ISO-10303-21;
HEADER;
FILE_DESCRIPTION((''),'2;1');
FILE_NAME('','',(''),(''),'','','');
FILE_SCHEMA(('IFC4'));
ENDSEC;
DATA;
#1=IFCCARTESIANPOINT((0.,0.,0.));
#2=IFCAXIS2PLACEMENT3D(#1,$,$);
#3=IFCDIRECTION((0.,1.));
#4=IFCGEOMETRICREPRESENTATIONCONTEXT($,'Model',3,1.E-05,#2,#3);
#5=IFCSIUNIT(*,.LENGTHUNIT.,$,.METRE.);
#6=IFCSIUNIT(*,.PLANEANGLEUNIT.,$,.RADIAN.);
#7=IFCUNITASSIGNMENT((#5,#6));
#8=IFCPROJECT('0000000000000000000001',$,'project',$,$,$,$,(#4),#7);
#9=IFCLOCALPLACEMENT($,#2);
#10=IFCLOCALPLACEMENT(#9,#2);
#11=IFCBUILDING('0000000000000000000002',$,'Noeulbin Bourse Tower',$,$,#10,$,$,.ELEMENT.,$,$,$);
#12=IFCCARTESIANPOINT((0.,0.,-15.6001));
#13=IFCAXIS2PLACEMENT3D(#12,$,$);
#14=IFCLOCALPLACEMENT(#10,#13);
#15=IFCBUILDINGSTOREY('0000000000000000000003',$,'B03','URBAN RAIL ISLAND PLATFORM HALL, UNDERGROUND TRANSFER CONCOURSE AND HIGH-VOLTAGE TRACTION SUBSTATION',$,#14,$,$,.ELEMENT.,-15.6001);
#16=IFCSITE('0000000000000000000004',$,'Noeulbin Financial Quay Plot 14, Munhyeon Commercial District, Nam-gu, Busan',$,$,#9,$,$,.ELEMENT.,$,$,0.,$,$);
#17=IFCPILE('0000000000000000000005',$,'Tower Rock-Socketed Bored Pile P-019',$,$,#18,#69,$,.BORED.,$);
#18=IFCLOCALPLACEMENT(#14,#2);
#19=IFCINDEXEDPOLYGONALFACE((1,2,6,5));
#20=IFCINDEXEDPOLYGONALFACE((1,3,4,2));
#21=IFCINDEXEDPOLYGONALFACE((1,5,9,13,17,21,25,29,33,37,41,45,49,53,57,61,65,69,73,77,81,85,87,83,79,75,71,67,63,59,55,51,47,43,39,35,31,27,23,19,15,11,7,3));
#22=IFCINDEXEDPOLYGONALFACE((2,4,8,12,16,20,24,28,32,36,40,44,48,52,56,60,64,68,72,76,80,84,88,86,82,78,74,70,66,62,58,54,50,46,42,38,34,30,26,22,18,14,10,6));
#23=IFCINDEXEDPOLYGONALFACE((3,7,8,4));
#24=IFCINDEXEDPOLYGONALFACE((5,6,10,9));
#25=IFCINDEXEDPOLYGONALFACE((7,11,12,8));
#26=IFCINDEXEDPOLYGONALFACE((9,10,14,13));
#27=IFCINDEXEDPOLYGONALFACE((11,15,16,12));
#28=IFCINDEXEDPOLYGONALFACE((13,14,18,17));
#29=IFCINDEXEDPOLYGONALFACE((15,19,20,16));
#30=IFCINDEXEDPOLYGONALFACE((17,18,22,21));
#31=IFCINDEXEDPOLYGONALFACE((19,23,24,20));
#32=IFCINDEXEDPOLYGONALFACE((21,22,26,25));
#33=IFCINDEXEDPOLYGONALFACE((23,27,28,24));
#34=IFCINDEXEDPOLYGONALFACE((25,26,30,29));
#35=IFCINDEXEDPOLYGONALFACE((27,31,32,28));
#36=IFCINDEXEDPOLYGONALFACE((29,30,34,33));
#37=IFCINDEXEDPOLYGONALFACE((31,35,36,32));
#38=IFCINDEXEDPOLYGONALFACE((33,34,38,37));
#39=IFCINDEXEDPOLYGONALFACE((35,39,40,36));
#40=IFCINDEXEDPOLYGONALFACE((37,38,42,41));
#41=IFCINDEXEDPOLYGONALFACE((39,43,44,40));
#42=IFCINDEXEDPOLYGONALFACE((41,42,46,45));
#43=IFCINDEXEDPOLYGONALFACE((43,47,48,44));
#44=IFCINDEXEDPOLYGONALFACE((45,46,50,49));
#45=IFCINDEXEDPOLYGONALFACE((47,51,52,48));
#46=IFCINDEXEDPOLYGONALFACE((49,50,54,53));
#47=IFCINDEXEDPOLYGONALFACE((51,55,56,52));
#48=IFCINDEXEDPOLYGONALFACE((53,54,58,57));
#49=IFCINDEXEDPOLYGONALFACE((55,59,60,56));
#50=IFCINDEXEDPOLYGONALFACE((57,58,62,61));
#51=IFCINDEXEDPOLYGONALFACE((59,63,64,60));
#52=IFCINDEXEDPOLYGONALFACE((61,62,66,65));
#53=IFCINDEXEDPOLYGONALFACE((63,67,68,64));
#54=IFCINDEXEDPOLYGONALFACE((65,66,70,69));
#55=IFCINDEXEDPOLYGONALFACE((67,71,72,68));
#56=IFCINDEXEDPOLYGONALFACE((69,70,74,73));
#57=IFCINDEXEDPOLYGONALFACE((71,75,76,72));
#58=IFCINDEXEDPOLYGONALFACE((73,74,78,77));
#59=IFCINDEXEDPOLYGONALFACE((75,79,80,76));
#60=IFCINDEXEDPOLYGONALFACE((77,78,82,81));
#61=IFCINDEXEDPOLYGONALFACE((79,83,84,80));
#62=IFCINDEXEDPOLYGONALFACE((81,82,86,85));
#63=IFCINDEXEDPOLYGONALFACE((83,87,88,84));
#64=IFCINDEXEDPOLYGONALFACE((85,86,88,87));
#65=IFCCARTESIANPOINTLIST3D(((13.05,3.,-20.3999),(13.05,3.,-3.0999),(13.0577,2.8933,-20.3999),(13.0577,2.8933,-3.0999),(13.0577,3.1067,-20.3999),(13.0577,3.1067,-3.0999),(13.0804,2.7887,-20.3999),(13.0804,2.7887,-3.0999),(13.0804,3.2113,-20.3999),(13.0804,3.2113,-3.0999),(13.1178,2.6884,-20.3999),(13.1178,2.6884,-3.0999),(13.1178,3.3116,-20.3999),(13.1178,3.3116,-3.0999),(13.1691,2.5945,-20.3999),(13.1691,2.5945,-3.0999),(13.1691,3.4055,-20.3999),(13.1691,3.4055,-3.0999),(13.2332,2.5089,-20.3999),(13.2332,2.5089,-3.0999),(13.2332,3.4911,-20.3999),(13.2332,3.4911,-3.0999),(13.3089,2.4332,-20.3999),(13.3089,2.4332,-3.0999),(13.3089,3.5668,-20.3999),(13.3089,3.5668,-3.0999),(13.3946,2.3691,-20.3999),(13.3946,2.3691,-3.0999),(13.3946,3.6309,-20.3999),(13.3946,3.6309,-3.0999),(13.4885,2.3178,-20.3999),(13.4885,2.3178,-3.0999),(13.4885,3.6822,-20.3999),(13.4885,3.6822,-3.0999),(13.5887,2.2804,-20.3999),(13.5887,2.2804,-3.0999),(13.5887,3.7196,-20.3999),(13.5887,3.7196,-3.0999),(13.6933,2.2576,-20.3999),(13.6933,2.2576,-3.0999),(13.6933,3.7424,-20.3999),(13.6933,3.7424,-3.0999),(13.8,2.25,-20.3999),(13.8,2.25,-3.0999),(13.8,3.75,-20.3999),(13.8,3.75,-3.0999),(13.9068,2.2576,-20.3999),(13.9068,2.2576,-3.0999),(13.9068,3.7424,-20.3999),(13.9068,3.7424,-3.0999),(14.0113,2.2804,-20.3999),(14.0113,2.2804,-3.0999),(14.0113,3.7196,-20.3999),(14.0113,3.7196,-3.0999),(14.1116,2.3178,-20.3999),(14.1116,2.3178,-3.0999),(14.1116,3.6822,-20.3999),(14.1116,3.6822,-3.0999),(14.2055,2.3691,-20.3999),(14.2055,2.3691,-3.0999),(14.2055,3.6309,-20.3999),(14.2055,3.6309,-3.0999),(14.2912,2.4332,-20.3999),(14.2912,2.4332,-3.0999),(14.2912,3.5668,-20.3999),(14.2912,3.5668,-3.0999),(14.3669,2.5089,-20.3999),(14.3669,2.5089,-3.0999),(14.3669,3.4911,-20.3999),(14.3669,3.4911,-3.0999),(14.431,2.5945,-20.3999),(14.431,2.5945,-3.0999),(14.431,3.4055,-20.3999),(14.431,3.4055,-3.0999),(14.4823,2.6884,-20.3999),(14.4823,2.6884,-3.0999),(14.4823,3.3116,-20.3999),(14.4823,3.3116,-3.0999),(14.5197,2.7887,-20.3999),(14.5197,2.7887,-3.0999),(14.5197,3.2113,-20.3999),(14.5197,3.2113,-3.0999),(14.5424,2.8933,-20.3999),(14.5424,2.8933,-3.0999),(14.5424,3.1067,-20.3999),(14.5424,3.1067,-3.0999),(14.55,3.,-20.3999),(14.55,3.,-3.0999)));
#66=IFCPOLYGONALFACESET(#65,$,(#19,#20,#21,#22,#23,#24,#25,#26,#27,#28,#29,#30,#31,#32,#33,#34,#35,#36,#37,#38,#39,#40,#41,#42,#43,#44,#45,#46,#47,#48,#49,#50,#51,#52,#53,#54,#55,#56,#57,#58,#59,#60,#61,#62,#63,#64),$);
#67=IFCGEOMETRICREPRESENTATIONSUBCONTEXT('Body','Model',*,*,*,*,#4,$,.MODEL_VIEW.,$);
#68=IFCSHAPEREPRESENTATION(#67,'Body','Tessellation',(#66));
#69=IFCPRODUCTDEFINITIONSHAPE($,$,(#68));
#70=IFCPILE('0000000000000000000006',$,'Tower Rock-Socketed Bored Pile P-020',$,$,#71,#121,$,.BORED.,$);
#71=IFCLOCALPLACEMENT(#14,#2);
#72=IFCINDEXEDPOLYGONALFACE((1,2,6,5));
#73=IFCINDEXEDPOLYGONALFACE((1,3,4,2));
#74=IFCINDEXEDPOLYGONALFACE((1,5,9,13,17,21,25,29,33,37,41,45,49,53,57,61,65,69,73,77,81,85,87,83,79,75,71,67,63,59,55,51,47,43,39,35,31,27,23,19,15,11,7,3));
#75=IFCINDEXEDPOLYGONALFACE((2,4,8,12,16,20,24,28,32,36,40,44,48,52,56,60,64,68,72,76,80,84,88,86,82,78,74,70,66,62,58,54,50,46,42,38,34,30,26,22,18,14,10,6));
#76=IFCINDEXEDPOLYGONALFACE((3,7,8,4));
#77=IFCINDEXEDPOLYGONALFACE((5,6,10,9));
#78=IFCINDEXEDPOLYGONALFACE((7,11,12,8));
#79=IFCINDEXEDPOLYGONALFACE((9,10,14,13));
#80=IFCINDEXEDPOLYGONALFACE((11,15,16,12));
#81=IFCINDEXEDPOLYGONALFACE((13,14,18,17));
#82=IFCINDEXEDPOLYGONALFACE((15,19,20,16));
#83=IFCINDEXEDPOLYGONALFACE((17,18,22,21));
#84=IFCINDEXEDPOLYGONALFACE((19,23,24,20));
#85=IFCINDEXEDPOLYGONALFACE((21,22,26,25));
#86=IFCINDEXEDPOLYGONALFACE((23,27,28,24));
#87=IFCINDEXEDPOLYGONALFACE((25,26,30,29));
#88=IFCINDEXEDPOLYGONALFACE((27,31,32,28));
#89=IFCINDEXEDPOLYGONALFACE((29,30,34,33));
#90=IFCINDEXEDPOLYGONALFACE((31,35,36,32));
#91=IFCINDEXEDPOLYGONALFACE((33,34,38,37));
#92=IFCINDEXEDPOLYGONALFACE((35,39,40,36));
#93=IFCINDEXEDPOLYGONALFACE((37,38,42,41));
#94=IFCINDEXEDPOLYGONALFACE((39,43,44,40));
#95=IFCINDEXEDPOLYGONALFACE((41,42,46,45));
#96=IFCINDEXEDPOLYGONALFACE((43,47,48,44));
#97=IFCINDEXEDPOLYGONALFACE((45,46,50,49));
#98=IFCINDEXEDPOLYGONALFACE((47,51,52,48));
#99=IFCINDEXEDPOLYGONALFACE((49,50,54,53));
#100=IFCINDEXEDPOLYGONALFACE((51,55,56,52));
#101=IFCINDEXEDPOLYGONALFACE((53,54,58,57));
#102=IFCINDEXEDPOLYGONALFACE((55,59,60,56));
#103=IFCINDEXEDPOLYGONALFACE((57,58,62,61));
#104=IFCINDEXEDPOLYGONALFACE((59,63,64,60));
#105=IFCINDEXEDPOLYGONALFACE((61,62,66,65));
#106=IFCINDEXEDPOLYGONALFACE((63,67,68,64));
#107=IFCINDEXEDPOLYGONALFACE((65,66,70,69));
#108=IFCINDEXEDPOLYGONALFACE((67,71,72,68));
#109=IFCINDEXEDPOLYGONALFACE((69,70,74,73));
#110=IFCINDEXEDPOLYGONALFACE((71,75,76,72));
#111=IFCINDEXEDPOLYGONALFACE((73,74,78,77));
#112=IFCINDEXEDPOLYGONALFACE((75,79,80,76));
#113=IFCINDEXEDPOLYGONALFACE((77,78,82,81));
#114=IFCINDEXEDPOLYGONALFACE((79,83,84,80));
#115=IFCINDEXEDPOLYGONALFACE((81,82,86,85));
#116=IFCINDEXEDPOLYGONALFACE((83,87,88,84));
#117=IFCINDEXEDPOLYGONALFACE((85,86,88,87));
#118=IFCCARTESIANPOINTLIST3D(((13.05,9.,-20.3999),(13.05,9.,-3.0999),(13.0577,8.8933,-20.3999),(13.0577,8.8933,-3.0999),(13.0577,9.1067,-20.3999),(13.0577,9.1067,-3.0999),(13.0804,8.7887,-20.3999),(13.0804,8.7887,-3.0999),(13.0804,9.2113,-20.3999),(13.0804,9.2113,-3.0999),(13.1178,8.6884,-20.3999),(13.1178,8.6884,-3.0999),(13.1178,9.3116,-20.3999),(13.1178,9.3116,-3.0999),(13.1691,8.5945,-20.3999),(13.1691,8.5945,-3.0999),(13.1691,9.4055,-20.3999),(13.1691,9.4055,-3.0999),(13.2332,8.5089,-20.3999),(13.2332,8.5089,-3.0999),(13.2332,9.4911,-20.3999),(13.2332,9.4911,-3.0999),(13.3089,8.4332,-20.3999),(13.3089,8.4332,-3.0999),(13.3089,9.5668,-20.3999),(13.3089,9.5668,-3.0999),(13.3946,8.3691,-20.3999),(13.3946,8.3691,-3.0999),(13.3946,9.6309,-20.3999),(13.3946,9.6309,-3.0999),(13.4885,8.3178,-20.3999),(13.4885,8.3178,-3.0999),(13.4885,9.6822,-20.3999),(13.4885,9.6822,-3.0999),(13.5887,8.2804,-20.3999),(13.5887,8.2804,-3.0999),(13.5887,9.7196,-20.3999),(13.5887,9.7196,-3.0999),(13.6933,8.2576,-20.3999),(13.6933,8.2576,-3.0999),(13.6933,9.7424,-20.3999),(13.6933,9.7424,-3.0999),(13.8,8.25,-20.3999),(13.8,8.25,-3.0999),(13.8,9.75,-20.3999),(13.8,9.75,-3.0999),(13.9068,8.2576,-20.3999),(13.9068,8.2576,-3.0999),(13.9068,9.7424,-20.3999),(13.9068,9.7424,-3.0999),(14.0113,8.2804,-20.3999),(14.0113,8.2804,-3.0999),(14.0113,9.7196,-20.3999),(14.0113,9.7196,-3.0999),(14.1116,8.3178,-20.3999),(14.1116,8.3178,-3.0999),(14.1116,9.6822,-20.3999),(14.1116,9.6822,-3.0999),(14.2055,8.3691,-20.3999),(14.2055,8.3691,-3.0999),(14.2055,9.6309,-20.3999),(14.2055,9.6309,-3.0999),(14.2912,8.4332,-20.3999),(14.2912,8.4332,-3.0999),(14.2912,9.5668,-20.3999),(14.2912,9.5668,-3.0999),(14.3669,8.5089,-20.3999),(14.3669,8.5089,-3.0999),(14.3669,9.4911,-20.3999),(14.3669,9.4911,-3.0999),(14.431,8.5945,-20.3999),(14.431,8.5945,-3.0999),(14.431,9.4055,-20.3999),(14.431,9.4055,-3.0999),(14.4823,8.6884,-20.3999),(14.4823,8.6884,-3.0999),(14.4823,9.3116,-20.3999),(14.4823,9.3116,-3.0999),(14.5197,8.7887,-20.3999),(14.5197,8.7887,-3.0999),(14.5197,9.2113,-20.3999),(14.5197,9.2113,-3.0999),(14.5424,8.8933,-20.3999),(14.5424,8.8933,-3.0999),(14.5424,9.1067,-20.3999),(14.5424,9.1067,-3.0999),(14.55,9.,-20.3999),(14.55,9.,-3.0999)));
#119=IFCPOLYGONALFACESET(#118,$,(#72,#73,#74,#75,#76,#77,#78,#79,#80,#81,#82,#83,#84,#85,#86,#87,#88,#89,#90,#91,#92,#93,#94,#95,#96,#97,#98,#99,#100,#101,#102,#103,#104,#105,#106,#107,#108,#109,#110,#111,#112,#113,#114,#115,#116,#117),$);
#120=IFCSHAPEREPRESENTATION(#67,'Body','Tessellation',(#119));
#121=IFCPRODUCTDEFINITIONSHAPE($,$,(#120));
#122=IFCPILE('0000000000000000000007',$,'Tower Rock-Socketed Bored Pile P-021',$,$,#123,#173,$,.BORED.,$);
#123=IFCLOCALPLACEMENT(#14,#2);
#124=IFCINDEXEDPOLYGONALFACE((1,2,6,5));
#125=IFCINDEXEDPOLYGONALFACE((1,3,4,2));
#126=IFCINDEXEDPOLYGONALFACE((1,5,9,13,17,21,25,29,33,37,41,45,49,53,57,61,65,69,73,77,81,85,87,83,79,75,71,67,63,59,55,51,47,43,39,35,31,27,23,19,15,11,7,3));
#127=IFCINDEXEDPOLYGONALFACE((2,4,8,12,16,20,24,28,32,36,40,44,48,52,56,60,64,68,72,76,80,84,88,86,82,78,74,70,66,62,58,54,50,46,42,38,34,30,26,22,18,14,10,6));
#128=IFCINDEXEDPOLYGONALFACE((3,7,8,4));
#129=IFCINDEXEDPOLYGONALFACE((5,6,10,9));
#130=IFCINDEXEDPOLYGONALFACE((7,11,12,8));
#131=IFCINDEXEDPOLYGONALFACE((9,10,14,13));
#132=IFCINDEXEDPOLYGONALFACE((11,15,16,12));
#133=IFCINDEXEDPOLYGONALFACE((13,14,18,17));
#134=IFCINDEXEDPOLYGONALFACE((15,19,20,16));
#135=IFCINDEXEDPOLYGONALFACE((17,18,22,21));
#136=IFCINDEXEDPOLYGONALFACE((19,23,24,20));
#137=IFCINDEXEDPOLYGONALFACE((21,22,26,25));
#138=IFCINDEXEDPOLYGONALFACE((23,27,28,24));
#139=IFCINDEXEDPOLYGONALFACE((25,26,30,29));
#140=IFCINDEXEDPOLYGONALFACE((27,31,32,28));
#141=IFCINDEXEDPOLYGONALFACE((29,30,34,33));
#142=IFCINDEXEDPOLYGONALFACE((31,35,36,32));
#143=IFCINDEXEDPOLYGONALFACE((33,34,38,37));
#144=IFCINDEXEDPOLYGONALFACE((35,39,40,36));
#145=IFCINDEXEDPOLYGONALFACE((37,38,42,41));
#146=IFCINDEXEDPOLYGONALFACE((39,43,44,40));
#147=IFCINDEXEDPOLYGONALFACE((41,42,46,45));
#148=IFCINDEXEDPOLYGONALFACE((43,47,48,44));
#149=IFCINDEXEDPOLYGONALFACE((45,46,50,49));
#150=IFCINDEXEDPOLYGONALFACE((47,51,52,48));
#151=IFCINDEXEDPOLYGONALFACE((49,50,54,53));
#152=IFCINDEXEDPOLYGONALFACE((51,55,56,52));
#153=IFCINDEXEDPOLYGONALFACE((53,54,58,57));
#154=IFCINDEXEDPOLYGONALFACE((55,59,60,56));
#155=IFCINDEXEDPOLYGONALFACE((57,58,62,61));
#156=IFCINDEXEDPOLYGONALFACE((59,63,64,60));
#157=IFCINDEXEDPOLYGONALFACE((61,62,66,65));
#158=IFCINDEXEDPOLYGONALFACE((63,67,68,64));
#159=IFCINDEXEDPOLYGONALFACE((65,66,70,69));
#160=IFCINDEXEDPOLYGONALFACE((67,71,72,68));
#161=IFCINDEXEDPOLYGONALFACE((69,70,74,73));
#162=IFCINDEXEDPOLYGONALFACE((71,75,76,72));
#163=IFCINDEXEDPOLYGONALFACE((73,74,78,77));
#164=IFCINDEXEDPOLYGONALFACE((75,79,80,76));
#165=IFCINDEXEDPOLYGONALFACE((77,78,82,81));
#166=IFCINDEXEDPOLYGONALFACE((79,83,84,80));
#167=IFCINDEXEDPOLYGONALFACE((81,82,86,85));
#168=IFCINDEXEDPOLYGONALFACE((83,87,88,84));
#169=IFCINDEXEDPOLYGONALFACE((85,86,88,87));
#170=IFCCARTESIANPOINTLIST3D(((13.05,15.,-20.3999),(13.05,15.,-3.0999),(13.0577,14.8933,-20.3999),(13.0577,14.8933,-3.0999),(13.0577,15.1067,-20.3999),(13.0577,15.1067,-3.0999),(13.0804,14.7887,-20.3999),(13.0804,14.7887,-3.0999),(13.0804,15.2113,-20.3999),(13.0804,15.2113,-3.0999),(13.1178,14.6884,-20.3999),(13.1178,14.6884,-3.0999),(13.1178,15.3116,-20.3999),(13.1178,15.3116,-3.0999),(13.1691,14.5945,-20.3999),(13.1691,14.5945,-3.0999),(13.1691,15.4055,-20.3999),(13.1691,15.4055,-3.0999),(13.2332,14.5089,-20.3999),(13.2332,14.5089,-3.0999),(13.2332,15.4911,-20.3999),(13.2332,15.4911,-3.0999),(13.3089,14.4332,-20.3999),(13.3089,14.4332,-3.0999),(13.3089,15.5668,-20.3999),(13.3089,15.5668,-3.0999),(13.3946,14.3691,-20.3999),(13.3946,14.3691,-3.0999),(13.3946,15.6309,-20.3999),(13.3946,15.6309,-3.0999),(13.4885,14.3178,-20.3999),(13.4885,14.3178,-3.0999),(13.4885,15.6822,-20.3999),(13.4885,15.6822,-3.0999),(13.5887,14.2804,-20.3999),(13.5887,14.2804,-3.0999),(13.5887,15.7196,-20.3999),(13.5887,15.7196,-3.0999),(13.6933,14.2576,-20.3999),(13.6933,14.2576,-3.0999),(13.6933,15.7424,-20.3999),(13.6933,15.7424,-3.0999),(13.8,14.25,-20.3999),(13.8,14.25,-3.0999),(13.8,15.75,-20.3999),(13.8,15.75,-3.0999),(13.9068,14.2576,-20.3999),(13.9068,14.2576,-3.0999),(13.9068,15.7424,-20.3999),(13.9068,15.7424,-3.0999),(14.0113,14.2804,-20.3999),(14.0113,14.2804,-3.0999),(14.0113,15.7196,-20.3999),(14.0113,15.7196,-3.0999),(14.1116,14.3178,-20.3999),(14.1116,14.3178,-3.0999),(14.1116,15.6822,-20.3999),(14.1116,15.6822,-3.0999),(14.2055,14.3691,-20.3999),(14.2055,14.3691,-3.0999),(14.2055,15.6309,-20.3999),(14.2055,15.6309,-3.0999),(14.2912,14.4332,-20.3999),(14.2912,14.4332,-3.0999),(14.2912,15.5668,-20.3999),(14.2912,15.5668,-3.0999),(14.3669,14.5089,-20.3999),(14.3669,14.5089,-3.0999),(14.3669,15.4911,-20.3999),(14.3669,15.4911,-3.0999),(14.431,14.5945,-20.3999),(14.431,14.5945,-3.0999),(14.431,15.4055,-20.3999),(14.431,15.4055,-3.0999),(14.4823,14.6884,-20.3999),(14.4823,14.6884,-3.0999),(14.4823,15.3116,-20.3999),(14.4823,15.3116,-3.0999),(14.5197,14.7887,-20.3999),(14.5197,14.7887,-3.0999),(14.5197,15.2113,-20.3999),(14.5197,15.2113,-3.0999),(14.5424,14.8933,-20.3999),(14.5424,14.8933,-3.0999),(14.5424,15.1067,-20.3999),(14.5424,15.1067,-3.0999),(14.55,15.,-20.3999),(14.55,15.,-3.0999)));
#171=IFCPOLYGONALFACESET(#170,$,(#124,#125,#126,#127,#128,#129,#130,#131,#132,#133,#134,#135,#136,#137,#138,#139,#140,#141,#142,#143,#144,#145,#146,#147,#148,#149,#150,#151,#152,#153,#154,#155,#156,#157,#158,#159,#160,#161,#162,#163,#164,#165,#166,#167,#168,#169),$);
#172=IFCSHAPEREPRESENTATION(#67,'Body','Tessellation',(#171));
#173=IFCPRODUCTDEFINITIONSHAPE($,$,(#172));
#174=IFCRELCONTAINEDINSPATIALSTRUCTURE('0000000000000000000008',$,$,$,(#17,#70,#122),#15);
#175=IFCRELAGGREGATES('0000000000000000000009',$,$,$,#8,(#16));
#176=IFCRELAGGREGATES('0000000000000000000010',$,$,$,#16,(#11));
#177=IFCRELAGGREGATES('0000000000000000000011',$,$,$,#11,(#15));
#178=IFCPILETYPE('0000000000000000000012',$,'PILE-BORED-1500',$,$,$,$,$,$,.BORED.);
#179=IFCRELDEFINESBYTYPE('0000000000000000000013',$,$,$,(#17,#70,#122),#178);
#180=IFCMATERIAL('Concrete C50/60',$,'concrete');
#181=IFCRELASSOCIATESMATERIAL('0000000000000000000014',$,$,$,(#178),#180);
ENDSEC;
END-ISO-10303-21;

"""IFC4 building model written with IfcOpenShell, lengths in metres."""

from ifc_helpers import new_model, si_unit, direction, frame, origin, origin_2d, place, context, subcontext, project, spatial, circle, extrude, material, material_profile, profile_set, type_object, element, save


model = new_model("IFC4")

# Units and contexts
model_context = context("Model", 3, precision=1e-05, world=origin(), true_north=direction((0.0, 1.0)))
body_context = subcontext(model_context, "Body", "Model", "MODEL_VIEW")
ifc_project = project(units=[si_unit("LENGTHUNIT", "METRE"), si_unit("PLANEANGLEUNIT", "RADIAN")], contexts=[model_context])

# Site, building, storey
site_placement = place(None, origin())
site = spatial("IfcSite", under=ifc_project, at=site_placement, Name="Noeulbin Financial Quay Plot 14, Munhyeon Commercial District, Nam-gu, Busan", CompositionType="ELEMENT", RefElevation=0.0)
building_placement = place(site_placement, origin())
building = spatial("IfcBuilding", under=site, at=building_placement, Name="Noeulbin Bourse Tower", CompositionType="ELEMENT")
storey_placement = place(building_placement, frame((0.0, 0.0, -15.6001)))
storey = spatial("IfcBuildingStorey", under=building, at=storey_placement, Name="B03", Description="URBAN RAIL ISLAND PLATFORM HALL, UNDERGROUND TRANSFER CONCOURSE AND HIGH-VOLTAGE TRACTION SUBSTATION", CompositionType="ELEMENT", Elevation=-15.6001)

# Piles
ifc_material_1 = material(Name="Concrete C50/60", Category="concrete")
ifc_material_profile_1 = material_profile(ifc_material_1, circle(Radius=0.75, at=origin_2d()), Name="PILE-D1500", Category="LoadBearing")
ifc_profile_set_1 = profile_set([ifc_material_profile_1], Name="Concrete C50/60")
pile_type = type_object("IfcPileType", Name="PILE-BORED-1500", PredefinedType="BORED", material=ifc_profile_set_1)
for number, where, z_axis, x_axis, name in (
    (1, (13.8, 3.0, -3.0999), (0.0, 0.0, -1.0), (1.0, 0.0, 0.0), "Tower Rock-Socketed Bored Pile P-019"),
    (2, (13.8, 9.0, -3.0999), (0.0, 0.0, -1.0), (1.0, 0.0, 0.0), "Tower Rock-Socketed Bored Pile P-020"),
    (3, (13.8, 15.0, -3.0999), (0.0, 0.0, -1.0), (1.0, 0.0, 0.0), "Tower Rock-Socketed Bored Pile P-021"),
):
    element("IfcPile", number, at=place(storey_placement, frame(where, z_axis=z_axis, x_axis=x_axis)), inside=storey, type_object=pile_type, Name=name, PredefinedType="BORED", context=body_context, shape_type="SweptSolid", body=[
        extrude(circle(Radius=0.75, at=origin_2d()), origin(), (0.0, 0.0, 1.0), 17.3),
    ])

save(model, "model.ifc")
